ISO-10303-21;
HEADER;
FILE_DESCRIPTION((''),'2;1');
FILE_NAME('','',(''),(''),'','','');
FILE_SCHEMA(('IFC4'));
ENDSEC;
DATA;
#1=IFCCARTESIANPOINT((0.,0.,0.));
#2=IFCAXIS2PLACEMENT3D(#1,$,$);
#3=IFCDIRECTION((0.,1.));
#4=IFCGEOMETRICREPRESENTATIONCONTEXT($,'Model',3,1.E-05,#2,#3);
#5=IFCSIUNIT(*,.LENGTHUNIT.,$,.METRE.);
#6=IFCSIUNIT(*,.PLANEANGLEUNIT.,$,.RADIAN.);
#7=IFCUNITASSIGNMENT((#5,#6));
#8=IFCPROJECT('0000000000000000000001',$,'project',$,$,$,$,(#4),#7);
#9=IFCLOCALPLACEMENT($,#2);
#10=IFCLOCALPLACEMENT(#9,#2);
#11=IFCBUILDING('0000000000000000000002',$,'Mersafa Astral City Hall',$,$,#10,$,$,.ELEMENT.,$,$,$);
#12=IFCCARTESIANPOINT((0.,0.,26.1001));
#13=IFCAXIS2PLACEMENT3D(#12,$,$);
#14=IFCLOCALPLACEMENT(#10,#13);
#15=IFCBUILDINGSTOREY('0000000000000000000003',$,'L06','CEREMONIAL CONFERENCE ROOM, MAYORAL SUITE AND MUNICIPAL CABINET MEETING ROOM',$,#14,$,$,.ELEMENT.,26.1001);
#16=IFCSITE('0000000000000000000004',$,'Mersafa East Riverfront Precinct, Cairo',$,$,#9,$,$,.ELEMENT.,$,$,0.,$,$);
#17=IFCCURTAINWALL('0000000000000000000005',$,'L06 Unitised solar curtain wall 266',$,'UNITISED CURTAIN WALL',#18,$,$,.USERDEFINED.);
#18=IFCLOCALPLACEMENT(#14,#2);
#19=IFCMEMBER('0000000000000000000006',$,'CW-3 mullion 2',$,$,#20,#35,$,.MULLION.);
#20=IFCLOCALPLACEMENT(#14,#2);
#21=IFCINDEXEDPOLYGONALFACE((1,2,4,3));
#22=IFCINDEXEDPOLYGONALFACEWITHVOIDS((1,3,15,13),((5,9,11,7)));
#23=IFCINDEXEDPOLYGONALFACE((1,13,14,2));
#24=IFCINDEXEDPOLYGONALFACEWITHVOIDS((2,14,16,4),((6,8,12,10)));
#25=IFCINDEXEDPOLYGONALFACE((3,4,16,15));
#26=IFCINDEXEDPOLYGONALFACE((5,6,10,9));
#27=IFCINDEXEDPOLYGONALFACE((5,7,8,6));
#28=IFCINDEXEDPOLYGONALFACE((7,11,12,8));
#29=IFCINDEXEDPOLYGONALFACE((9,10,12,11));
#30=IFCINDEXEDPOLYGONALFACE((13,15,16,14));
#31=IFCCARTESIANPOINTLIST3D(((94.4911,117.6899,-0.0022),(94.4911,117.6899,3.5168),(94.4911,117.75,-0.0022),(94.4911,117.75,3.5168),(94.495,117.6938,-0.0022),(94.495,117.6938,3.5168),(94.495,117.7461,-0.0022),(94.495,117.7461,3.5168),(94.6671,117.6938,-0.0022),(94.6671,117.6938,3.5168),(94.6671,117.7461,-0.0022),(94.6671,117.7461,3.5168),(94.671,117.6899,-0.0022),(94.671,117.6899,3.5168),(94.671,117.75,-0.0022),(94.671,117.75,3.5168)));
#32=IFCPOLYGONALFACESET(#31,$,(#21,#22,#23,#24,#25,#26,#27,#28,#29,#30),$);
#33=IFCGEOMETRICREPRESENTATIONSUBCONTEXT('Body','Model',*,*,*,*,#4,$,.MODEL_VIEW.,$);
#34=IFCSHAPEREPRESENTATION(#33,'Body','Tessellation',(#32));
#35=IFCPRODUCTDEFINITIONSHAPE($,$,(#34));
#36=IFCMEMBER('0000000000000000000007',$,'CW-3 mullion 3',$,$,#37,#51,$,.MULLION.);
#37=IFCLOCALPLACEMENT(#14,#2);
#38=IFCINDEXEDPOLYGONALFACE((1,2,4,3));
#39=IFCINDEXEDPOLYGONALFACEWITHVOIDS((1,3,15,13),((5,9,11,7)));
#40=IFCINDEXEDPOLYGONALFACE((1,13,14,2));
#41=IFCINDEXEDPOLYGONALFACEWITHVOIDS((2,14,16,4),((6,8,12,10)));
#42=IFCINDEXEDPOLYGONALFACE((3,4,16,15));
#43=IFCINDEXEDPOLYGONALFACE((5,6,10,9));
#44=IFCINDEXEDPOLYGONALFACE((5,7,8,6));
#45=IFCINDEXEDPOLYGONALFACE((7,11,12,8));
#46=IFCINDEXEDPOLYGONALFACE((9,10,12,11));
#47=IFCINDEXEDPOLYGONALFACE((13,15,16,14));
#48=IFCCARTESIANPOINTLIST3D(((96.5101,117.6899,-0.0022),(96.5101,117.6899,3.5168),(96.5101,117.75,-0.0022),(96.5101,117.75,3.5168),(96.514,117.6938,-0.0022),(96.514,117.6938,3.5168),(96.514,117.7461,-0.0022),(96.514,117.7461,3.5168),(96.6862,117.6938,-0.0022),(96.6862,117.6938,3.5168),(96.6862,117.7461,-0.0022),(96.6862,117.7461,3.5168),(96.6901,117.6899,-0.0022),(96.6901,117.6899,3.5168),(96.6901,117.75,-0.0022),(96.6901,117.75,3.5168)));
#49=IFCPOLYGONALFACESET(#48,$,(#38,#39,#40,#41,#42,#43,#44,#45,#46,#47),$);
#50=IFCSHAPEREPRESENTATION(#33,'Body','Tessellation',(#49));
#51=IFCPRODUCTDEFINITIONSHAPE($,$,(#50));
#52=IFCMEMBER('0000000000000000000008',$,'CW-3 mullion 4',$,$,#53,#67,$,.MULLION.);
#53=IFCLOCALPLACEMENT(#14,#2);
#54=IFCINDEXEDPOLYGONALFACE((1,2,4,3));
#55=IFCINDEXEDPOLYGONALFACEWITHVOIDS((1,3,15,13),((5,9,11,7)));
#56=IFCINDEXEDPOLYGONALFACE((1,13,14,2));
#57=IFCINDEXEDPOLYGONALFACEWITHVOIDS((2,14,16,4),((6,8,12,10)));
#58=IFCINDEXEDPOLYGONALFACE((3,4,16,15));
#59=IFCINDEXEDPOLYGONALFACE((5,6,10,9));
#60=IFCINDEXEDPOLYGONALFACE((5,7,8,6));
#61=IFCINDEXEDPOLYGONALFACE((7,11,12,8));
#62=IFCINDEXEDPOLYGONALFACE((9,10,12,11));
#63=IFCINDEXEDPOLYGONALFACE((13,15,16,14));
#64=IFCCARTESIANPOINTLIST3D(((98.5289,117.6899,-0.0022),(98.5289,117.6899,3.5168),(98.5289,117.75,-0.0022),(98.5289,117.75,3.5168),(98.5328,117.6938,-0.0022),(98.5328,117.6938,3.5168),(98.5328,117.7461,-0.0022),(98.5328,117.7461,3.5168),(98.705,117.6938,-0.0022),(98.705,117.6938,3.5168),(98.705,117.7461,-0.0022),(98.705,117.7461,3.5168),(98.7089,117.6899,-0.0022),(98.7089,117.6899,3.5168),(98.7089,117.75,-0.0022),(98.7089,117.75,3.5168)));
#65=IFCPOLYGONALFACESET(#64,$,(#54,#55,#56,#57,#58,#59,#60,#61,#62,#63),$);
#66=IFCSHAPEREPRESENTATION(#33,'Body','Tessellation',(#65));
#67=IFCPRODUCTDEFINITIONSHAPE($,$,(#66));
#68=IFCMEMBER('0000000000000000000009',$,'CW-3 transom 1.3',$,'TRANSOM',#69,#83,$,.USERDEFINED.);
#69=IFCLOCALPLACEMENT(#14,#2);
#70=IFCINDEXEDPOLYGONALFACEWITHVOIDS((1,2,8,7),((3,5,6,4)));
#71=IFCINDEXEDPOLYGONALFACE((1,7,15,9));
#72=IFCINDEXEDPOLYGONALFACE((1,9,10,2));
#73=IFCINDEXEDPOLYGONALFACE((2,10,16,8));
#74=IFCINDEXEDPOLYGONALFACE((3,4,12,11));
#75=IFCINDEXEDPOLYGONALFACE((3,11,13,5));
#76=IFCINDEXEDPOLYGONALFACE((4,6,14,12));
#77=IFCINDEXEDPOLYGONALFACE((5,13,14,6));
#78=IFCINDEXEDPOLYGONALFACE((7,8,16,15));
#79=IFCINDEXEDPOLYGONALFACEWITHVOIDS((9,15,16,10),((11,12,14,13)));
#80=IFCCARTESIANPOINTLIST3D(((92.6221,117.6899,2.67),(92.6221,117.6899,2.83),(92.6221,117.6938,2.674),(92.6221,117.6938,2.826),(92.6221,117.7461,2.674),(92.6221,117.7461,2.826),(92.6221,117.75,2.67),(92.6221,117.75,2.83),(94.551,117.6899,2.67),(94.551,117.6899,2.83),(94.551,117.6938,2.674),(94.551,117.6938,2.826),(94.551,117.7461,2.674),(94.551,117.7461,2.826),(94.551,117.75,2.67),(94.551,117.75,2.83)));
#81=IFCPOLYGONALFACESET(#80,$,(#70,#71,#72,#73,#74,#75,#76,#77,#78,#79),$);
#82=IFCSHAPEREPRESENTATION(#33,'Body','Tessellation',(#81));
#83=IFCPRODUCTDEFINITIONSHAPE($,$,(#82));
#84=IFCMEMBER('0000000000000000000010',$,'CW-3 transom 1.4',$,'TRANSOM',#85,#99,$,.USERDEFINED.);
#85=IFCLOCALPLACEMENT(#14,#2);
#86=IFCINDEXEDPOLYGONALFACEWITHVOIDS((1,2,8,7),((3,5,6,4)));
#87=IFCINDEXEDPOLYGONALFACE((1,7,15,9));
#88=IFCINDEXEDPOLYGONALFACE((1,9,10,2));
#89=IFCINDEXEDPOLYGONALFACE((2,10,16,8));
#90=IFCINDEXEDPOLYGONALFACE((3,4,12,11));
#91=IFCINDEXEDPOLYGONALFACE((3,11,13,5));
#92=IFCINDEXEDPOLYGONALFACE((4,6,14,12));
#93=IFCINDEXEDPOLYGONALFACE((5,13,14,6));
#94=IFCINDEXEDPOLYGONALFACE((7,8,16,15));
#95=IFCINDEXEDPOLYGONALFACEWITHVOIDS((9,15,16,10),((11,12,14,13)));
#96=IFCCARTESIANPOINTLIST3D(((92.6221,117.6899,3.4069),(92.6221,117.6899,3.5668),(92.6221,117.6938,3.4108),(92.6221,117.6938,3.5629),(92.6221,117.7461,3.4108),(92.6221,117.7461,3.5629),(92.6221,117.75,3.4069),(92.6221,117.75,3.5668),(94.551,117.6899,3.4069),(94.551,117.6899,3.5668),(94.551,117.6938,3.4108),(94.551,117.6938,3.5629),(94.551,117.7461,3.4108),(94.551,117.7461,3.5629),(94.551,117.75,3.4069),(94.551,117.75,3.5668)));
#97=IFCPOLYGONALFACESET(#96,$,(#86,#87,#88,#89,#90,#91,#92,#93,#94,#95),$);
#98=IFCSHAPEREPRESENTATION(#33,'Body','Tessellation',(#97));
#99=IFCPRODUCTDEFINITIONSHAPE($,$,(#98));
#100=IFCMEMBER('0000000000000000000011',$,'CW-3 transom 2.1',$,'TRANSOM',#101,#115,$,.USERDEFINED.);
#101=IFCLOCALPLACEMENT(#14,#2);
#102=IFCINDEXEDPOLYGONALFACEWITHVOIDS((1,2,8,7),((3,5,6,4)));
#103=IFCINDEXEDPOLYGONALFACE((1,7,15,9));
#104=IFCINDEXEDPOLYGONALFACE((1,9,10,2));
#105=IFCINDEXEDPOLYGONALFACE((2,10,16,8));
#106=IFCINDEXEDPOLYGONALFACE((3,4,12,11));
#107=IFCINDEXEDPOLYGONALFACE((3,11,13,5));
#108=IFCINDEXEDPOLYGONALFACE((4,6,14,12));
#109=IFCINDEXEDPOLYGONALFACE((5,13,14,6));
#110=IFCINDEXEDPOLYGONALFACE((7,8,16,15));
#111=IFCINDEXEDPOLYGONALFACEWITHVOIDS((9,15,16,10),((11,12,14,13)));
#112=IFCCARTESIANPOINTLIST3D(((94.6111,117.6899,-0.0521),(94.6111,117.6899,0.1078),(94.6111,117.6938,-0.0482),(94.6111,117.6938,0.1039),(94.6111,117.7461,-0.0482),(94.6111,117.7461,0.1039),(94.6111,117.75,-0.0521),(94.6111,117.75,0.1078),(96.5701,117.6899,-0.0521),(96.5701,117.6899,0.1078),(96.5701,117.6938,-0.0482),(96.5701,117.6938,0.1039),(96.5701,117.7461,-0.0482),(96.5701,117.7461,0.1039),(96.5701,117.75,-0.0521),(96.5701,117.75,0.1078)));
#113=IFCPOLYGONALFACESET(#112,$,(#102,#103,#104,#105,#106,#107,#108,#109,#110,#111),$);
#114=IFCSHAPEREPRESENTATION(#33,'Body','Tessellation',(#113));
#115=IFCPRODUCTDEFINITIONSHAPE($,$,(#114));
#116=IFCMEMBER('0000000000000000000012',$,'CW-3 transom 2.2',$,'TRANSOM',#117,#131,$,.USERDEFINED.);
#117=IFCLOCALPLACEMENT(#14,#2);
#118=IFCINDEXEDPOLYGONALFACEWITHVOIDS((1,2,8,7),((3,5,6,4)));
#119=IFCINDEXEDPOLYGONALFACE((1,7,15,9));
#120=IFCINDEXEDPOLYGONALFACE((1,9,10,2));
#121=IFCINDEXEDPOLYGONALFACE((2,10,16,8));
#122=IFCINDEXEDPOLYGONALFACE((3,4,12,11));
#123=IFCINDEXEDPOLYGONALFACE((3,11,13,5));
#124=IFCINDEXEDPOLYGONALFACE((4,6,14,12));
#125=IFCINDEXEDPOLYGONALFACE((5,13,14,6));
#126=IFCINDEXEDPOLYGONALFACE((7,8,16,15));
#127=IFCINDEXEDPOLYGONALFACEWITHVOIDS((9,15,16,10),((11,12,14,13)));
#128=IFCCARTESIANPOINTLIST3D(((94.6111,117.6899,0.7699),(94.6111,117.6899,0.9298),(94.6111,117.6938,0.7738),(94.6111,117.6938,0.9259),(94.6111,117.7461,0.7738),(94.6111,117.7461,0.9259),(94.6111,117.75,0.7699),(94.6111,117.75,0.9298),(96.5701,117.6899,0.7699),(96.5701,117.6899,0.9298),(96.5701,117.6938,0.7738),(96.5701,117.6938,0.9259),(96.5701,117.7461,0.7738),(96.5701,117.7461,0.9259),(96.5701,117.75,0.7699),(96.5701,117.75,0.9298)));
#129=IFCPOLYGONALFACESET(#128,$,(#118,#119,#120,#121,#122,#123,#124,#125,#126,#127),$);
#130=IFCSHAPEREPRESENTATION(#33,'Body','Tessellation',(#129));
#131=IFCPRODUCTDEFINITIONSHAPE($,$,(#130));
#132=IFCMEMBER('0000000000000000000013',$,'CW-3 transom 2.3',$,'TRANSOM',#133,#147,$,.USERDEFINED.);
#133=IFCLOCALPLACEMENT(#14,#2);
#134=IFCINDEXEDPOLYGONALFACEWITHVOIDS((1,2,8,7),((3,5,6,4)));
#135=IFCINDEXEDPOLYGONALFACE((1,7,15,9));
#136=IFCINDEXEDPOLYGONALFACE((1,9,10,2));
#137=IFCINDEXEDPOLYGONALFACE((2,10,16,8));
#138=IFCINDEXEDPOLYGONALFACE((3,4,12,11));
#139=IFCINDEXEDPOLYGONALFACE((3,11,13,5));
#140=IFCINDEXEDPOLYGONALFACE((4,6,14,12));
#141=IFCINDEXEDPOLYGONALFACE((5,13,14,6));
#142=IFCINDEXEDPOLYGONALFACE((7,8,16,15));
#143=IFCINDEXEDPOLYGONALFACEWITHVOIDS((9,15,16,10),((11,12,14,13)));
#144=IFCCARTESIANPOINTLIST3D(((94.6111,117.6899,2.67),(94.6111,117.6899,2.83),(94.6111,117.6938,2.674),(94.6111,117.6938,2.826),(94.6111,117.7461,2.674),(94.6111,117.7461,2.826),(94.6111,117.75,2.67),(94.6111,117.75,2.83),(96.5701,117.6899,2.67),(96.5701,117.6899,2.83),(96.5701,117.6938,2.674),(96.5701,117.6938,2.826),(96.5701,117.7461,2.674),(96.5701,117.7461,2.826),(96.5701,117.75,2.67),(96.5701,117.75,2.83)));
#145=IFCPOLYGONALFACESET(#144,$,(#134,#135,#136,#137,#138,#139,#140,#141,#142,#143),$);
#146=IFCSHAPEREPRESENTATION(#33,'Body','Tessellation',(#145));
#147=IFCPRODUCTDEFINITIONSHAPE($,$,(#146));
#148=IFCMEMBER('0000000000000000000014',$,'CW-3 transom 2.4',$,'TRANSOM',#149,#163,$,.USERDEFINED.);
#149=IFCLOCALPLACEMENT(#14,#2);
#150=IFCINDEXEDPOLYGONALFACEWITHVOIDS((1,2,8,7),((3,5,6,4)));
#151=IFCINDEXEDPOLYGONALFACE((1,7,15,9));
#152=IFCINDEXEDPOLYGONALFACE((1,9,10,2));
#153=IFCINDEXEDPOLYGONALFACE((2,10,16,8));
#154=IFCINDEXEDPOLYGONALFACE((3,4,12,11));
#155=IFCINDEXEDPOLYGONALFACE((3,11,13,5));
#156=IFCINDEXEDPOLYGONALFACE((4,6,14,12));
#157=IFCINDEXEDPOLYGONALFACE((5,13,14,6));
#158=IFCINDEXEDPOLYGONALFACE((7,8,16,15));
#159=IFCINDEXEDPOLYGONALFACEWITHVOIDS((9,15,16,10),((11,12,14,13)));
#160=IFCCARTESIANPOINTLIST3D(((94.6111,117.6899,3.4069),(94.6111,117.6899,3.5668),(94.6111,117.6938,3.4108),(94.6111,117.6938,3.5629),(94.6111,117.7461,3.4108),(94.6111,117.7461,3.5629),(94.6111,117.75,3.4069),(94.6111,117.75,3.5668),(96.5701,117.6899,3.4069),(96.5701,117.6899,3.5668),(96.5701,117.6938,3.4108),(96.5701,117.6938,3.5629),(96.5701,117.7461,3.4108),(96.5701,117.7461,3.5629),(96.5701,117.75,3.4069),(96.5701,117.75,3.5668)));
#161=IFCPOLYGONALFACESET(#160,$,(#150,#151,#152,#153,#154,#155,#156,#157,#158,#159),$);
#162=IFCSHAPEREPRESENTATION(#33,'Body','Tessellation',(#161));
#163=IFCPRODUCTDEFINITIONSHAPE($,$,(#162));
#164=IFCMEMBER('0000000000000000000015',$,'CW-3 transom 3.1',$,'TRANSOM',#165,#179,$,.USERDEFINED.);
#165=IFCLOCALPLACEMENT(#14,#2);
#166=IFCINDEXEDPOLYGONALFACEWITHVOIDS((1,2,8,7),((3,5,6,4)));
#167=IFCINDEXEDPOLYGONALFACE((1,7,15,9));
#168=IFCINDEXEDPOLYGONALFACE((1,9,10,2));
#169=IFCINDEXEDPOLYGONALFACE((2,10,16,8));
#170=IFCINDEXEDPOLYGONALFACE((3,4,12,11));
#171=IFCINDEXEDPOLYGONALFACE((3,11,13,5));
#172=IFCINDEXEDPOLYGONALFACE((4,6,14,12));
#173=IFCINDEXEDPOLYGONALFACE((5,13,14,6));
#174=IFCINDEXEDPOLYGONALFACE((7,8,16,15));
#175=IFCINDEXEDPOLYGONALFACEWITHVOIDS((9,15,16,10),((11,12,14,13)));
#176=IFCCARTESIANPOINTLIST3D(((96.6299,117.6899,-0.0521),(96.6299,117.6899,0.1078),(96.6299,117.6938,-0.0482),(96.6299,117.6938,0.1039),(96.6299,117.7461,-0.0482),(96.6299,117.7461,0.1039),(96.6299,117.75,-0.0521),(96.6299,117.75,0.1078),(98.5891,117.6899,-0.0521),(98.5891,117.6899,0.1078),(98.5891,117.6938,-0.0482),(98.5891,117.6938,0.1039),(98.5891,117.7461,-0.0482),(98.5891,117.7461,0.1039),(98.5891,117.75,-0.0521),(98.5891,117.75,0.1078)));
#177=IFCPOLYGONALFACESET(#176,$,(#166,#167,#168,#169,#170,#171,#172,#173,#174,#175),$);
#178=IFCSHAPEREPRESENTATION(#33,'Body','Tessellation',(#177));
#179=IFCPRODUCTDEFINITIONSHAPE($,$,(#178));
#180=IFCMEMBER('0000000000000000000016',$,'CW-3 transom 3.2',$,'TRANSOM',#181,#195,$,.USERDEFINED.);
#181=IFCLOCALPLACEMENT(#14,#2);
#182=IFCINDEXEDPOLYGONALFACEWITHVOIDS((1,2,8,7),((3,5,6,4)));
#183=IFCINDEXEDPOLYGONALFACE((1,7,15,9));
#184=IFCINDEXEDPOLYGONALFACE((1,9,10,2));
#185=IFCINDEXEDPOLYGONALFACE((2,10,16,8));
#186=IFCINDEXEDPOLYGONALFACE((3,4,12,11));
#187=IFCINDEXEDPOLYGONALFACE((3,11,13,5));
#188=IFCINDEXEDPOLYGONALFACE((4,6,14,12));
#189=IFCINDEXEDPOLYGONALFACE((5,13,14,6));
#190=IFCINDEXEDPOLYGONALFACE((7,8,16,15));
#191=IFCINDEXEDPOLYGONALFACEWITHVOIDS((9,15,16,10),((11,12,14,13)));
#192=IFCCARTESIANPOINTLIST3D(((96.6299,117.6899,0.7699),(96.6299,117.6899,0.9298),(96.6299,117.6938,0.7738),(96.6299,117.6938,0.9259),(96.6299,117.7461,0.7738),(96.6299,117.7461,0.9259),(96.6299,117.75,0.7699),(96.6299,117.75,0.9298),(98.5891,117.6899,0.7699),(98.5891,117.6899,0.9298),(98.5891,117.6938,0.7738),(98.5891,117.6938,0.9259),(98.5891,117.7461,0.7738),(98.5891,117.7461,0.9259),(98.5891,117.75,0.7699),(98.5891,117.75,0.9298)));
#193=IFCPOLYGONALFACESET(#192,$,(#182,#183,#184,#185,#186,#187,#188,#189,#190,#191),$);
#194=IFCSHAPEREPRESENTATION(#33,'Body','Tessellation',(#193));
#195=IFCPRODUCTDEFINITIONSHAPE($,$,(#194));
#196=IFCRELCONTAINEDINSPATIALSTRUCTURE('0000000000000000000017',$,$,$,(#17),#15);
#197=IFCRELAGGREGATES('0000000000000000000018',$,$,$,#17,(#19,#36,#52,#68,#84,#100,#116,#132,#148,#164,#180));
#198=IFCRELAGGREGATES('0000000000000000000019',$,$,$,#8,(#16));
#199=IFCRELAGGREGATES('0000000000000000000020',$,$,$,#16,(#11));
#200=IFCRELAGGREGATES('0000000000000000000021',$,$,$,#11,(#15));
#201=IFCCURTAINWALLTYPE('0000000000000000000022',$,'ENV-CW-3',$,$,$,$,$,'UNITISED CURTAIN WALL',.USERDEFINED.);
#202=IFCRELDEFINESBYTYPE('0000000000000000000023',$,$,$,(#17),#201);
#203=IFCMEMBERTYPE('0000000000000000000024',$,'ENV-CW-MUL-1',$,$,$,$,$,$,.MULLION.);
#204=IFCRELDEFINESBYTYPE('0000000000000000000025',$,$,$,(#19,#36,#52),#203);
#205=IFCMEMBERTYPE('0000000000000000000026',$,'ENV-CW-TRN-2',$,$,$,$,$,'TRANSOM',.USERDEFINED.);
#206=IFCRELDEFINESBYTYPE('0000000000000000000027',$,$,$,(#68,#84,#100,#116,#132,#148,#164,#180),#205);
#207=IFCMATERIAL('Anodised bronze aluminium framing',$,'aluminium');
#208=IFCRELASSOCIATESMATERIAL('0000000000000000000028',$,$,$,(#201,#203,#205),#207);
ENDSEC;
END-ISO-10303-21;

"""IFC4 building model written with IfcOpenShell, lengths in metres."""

from ifc_helpers import new_model, si_unit, direction, frame, origin, origin_2d, place, context, subcontext, project, spatial, hollow_rectangle, extrude, material, material_profile, profile_set, type_object, element, aggregate, save


model = new_model("IFC4")

# Units and contexts
model_context = context("Model", 3, precision=1e-05, world=origin(), true_north=direction((0.0, 1.0)))
body_context = subcontext(model_context, "Body", "Model", "MODEL_VIEW")
ifc_project = project(units=[si_unit("LENGTHUNIT", "METRE"), si_unit("PLANEANGLEUNIT", "RADIAN")], contexts=[model_context])

# Site, building, storey
site_placement = place(None, origin())
site = spatial("IfcSite", under=ifc_project, at=site_placement, Name="Mersafa East Riverfront Precinct, Cairo", CompositionType="ELEMENT", RefElevation=0.0)
building_placement = place(site_placement, origin())
building = spatial("IfcBuilding", under=site, at=building_placement, Name="Mersafa Astral City Hall", CompositionType="ELEMENT")
storey_placement = place(building_placement, frame((0.0, 0.0, 26.1001)))
storey = spatial("IfcBuildingStorey", under=building, at=storey_placement, Name="L06", Description="CEREMONIAL CONFERENCE ROOM, MAYORAL SUITE AND MUNICIPAL CABINET MEETING ROOM", CompositionType="ELEMENT", Elevation=26.1001)

# Curtain wall, members
ifc_material_1 = material(Name="Anodised bronze aluminium framing", Category="aluminium")
curtain_wall_type = type_object("IfcCurtainWallType", Name="ENV-CW-3", ElementType="UNITISED CURTAIN WALL", PredefinedType="USERDEFINED", material=ifc_material_1)
curtain_wall_placement = place(storey_placement, origin())
curtain_wall = element("IfcCurtainWall", 1, at=curtain_wall_placement, inside=storey, type_object=curtain_wall_type, Name="L06 Unitised solar curtain wall 266", ObjectType="UNITISED CURTAIN WALL", PredefinedType="USERDEFINED")
ifc_material_profile_1 = material_profile(ifc_material_1, hollow_rectangle(XDim=0.0601, YDim=0.1799, WallThickness=0.0039, at=origin_2d()), Name="RHS 60x180x4")
ifc_profile_set_1 = profile_set([ifc_material_profile_1], Name="Anodised bronze aluminium framing")
member_type_1 = type_object("IfcMemberType", Name="ENV-CW-MUL-1", PredefinedType="MULLION", material=ifc_profile_set_1)
member_1_placement = place(storey_placement, frame((94.5811, 117.72, -0.0022), z_axis=(0.0, 0.0, 1.0), x_axis=(0.0, 1.0, 0.0)))
member_1 = element("IfcMember", 2, at=member_1_placement, type_object=member_type_1, Name="CW-3 mullion 2", PredefinedType="MULLION", context=body_context, shape_type="SweptSolid", body=[
    extrude(hollow_rectangle(XDim=0.0601, YDim=0.1799, WallThickness=0.0039, at=origin_2d()), origin(), (0.0, 0.0, 1.0), 3.519),
])
member_2_placement = place(storey_placement, frame((96.6001, 117.72, -0.0022), z_axis=(0.0, 0.0, 1.0), x_axis=(0.0, 1.0, 0.0)))
member_2 = element("IfcMember", 3, at=member_2_placement, type_object=member_type_1, Name="CW-3 mullion 3", PredefinedType="MULLION", context=body_context, shape_type="SweptSolid", body=[
    extrude(hollow_rectangle(XDim=0.0601, YDim=0.1799, WallThickness=0.0039, at=origin_2d()), origin(), (0.0, 0.0, 1.0), 3.519),
])
member_3_placement = place(storey_placement, frame((98.6189, 117.72, -0.0022), z_axis=(0.0, 0.0, 1.0), x_axis=(0.0, 1.0, 0.0)))
member_3 = element("IfcMember", 4, at=member_3_placement, type_object=member_type_1, Name="CW-3 mullion 4", PredefinedType="MULLION", context=body_context, shape_type="SweptSolid", body=[
    extrude(hollow_rectangle(XDim=0.0601, YDim=0.1799, WallThickness=0.0039, at=origin_2d()), origin(), (0.0, 0.0, 1.0), 3.519),
])
ifc_material_profile_2 = material_profile(ifc_material_1, hollow_rectangle(XDim=0.0601, YDim=0.1599, WallThickness=0.0039, at=origin_2d()), Name="RHS 60x160x4")
ifc_profile_set_2 = profile_set([ifc_material_profile_2], Name="Anodised bronze aluminium framing")
member_type_2 = type_object("IfcMemberType", Name="ENV-CW-TRN-2", ElementType="TRANSOM", PredefinedType="USERDEFINED", material=ifc_profile_set_2)
member_4_placement = place(storey_placement, frame((92.6221, 117.72, 2.75), z_axis=(1.0, 0.0, 0.0), x_axis=(0.0, 1.0, 0.0)))
member_4 = element("IfcMember", 5, at=member_4_placement, type_object=member_type_2, Name="CW-3 transom 1.3", ObjectType="TRANSOM", PredefinedType="USERDEFINED", context=body_context, shape_type="SweptSolid", body=[
    extrude(hollow_rectangle(XDim=0.0601, YDim=0.1599, WallThickness=0.0039, at=origin_2d()), origin(), (0.0, 0.0, 1.0), 1.929),
])
member_5_placement = place(storey_placement, frame((92.6221, 117.72, 3.4868), z_axis=(1.0, 0.0, 0.0), x_axis=(0.0, 1.0, 0.0)))
member_5 = element("IfcMember", 6, at=member_5_placement, type_object=member_type_2, Name="CW-3 transom 1.4", ObjectType="TRANSOM", PredefinedType="USERDEFINED", context=body_context, shape_type="SweptSolid", body=[
    extrude(hollow_rectangle(XDim=0.0601, YDim=0.1599, WallThickness=0.0039, at=origin_2d()), origin(), (0.0, 0.0, 1.0), 1.929),
])
member_6_placement = place(storey_placement, frame((94.6111, 117.72, 0.0278), z_axis=(1.0, 0.0, 0.0), x_axis=(0.0, 1.0, 0.0)))
member_6 = element("IfcMember", 7, at=member_6_placement, type_object=member_type_2, Name="CW-3 transom 2.1", ObjectType="TRANSOM", PredefinedType="USERDEFINED", context=body_context, shape_type="SweptSolid", body=[
    extrude(hollow_rectangle(XDim=0.0601, YDim=0.1599, WallThickness=0.0039, at=origin_2d()), origin(), (0.0, 0.0, 1.0), 1.959),
])
member_7_placement = place(storey_placement, frame((94.6111, 117.72, 0.8499), z_axis=(1.0, 0.0, 0.0), x_axis=(0.0, 1.0, 0.0)))
member_7 = element("IfcMember", 8, at=member_7_placement, type_object=member_type_2, Name="CW-3 transom 2.2", ObjectType="TRANSOM", PredefinedType="USERDEFINED", context=body_context, shape_type="SweptSolid", body=[
    extrude(hollow_rectangle(XDim=0.0601, YDim=0.1599, WallThickness=0.0039, at=origin_2d()), origin(), (0.0, 0.0, 1.0), 1.959),
])
member_8_placement = place(storey_placement, frame((94.6111, 117.72, 2.75), z_axis=(1.0, 0.0, 0.0), x_axis=(0.0, 1.0, 0.0)))
member_8 = element("IfcMember", 9, at=member_8_placement, type_object=member_type_2, Name="CW-3 transom 2.3", ObjectType="TRANSOM", PredefinedType="USERDEFINED", context=body_context, shape_type="SweptSolid", body=[
    extrude(hollow_rectangle(XDim=0.0601, YDim=0.1599, WallThickness=0.0039, at=origin_2d()), origin(), (0.0, 0.0, 1.0), 1.959),
])
member_9_placement = place(storey_placement, frame((94.6111, 117.72, 3.4868), z_axis=(1.0, 0.0, 0.0), x_axis=(0.0, 1.0, 0.0)))
member_9 = element("IfcMember", 10, at=member_9_placement, type_object=member_type_2, Name="CW-3 transom 2.4", ObjectType="TRANSOM", PredefinedType="USERDEFINED", context=body_context, shape_type="SweptSolid", body=[
    extrude(hollow_rectangle(XDim=0.0601, YDim=0.1599, WallThickness=0.0039, at=origin_2d()), origin(), (0.0, 0.0, 1.0), 1.959),
])
member_10_placement = place(storey_placement, frame((96.6299, 117.72, 0.0278), z_axis=(1.0, 0.0, 0.0), x_axis=(0.0, 1.0, 0.0)))
member_10 = element("IfcMember", 11, at=member_10_placement, type_object=member_type_2, Name="CW-3 transom 3.1", ObjectType="TRANSOM", PredefinedType="USERDEFINED", context=body_context, shape_type="SweptSolid", body=[
    extrude(hollow_rectangle(XDim=0.0601, YDim=0.1599, WallThickness=0.0039, at=origin_2d()), origin(), (0.0, 0.0, 1.0), 1.9592),
])
member_11_placement = place(storey_placement, frame((96.6299, 117.72, 0.8499), z_axis=(1.0, 0.0, 0.0), x_axis=(0.0, 1.0, 0.0)))
member_11 = element("IfcMember", 12, at=member_11_placement, type_object=member_type_2, Name="CW-3 transom 3.2", ObjectType="TRANSOM", PredefinedType="USERDEFINED", context=body_context, shape_type="SweptSolid", body=[
    extrude(hollow_rectangle(XDim=0.0601, YDim=0.1599, WallThickness=0.0039, at=origin_2d()), origin(), (0.0, 0.0, 1.0), 1.9592),
])

aggregate(curtain_wall, [member_1, member_2, member_3, member_4, member_5, member_6, member_7, member_8, member_9, member_10, member_11])

save(model, "model.ifc")
